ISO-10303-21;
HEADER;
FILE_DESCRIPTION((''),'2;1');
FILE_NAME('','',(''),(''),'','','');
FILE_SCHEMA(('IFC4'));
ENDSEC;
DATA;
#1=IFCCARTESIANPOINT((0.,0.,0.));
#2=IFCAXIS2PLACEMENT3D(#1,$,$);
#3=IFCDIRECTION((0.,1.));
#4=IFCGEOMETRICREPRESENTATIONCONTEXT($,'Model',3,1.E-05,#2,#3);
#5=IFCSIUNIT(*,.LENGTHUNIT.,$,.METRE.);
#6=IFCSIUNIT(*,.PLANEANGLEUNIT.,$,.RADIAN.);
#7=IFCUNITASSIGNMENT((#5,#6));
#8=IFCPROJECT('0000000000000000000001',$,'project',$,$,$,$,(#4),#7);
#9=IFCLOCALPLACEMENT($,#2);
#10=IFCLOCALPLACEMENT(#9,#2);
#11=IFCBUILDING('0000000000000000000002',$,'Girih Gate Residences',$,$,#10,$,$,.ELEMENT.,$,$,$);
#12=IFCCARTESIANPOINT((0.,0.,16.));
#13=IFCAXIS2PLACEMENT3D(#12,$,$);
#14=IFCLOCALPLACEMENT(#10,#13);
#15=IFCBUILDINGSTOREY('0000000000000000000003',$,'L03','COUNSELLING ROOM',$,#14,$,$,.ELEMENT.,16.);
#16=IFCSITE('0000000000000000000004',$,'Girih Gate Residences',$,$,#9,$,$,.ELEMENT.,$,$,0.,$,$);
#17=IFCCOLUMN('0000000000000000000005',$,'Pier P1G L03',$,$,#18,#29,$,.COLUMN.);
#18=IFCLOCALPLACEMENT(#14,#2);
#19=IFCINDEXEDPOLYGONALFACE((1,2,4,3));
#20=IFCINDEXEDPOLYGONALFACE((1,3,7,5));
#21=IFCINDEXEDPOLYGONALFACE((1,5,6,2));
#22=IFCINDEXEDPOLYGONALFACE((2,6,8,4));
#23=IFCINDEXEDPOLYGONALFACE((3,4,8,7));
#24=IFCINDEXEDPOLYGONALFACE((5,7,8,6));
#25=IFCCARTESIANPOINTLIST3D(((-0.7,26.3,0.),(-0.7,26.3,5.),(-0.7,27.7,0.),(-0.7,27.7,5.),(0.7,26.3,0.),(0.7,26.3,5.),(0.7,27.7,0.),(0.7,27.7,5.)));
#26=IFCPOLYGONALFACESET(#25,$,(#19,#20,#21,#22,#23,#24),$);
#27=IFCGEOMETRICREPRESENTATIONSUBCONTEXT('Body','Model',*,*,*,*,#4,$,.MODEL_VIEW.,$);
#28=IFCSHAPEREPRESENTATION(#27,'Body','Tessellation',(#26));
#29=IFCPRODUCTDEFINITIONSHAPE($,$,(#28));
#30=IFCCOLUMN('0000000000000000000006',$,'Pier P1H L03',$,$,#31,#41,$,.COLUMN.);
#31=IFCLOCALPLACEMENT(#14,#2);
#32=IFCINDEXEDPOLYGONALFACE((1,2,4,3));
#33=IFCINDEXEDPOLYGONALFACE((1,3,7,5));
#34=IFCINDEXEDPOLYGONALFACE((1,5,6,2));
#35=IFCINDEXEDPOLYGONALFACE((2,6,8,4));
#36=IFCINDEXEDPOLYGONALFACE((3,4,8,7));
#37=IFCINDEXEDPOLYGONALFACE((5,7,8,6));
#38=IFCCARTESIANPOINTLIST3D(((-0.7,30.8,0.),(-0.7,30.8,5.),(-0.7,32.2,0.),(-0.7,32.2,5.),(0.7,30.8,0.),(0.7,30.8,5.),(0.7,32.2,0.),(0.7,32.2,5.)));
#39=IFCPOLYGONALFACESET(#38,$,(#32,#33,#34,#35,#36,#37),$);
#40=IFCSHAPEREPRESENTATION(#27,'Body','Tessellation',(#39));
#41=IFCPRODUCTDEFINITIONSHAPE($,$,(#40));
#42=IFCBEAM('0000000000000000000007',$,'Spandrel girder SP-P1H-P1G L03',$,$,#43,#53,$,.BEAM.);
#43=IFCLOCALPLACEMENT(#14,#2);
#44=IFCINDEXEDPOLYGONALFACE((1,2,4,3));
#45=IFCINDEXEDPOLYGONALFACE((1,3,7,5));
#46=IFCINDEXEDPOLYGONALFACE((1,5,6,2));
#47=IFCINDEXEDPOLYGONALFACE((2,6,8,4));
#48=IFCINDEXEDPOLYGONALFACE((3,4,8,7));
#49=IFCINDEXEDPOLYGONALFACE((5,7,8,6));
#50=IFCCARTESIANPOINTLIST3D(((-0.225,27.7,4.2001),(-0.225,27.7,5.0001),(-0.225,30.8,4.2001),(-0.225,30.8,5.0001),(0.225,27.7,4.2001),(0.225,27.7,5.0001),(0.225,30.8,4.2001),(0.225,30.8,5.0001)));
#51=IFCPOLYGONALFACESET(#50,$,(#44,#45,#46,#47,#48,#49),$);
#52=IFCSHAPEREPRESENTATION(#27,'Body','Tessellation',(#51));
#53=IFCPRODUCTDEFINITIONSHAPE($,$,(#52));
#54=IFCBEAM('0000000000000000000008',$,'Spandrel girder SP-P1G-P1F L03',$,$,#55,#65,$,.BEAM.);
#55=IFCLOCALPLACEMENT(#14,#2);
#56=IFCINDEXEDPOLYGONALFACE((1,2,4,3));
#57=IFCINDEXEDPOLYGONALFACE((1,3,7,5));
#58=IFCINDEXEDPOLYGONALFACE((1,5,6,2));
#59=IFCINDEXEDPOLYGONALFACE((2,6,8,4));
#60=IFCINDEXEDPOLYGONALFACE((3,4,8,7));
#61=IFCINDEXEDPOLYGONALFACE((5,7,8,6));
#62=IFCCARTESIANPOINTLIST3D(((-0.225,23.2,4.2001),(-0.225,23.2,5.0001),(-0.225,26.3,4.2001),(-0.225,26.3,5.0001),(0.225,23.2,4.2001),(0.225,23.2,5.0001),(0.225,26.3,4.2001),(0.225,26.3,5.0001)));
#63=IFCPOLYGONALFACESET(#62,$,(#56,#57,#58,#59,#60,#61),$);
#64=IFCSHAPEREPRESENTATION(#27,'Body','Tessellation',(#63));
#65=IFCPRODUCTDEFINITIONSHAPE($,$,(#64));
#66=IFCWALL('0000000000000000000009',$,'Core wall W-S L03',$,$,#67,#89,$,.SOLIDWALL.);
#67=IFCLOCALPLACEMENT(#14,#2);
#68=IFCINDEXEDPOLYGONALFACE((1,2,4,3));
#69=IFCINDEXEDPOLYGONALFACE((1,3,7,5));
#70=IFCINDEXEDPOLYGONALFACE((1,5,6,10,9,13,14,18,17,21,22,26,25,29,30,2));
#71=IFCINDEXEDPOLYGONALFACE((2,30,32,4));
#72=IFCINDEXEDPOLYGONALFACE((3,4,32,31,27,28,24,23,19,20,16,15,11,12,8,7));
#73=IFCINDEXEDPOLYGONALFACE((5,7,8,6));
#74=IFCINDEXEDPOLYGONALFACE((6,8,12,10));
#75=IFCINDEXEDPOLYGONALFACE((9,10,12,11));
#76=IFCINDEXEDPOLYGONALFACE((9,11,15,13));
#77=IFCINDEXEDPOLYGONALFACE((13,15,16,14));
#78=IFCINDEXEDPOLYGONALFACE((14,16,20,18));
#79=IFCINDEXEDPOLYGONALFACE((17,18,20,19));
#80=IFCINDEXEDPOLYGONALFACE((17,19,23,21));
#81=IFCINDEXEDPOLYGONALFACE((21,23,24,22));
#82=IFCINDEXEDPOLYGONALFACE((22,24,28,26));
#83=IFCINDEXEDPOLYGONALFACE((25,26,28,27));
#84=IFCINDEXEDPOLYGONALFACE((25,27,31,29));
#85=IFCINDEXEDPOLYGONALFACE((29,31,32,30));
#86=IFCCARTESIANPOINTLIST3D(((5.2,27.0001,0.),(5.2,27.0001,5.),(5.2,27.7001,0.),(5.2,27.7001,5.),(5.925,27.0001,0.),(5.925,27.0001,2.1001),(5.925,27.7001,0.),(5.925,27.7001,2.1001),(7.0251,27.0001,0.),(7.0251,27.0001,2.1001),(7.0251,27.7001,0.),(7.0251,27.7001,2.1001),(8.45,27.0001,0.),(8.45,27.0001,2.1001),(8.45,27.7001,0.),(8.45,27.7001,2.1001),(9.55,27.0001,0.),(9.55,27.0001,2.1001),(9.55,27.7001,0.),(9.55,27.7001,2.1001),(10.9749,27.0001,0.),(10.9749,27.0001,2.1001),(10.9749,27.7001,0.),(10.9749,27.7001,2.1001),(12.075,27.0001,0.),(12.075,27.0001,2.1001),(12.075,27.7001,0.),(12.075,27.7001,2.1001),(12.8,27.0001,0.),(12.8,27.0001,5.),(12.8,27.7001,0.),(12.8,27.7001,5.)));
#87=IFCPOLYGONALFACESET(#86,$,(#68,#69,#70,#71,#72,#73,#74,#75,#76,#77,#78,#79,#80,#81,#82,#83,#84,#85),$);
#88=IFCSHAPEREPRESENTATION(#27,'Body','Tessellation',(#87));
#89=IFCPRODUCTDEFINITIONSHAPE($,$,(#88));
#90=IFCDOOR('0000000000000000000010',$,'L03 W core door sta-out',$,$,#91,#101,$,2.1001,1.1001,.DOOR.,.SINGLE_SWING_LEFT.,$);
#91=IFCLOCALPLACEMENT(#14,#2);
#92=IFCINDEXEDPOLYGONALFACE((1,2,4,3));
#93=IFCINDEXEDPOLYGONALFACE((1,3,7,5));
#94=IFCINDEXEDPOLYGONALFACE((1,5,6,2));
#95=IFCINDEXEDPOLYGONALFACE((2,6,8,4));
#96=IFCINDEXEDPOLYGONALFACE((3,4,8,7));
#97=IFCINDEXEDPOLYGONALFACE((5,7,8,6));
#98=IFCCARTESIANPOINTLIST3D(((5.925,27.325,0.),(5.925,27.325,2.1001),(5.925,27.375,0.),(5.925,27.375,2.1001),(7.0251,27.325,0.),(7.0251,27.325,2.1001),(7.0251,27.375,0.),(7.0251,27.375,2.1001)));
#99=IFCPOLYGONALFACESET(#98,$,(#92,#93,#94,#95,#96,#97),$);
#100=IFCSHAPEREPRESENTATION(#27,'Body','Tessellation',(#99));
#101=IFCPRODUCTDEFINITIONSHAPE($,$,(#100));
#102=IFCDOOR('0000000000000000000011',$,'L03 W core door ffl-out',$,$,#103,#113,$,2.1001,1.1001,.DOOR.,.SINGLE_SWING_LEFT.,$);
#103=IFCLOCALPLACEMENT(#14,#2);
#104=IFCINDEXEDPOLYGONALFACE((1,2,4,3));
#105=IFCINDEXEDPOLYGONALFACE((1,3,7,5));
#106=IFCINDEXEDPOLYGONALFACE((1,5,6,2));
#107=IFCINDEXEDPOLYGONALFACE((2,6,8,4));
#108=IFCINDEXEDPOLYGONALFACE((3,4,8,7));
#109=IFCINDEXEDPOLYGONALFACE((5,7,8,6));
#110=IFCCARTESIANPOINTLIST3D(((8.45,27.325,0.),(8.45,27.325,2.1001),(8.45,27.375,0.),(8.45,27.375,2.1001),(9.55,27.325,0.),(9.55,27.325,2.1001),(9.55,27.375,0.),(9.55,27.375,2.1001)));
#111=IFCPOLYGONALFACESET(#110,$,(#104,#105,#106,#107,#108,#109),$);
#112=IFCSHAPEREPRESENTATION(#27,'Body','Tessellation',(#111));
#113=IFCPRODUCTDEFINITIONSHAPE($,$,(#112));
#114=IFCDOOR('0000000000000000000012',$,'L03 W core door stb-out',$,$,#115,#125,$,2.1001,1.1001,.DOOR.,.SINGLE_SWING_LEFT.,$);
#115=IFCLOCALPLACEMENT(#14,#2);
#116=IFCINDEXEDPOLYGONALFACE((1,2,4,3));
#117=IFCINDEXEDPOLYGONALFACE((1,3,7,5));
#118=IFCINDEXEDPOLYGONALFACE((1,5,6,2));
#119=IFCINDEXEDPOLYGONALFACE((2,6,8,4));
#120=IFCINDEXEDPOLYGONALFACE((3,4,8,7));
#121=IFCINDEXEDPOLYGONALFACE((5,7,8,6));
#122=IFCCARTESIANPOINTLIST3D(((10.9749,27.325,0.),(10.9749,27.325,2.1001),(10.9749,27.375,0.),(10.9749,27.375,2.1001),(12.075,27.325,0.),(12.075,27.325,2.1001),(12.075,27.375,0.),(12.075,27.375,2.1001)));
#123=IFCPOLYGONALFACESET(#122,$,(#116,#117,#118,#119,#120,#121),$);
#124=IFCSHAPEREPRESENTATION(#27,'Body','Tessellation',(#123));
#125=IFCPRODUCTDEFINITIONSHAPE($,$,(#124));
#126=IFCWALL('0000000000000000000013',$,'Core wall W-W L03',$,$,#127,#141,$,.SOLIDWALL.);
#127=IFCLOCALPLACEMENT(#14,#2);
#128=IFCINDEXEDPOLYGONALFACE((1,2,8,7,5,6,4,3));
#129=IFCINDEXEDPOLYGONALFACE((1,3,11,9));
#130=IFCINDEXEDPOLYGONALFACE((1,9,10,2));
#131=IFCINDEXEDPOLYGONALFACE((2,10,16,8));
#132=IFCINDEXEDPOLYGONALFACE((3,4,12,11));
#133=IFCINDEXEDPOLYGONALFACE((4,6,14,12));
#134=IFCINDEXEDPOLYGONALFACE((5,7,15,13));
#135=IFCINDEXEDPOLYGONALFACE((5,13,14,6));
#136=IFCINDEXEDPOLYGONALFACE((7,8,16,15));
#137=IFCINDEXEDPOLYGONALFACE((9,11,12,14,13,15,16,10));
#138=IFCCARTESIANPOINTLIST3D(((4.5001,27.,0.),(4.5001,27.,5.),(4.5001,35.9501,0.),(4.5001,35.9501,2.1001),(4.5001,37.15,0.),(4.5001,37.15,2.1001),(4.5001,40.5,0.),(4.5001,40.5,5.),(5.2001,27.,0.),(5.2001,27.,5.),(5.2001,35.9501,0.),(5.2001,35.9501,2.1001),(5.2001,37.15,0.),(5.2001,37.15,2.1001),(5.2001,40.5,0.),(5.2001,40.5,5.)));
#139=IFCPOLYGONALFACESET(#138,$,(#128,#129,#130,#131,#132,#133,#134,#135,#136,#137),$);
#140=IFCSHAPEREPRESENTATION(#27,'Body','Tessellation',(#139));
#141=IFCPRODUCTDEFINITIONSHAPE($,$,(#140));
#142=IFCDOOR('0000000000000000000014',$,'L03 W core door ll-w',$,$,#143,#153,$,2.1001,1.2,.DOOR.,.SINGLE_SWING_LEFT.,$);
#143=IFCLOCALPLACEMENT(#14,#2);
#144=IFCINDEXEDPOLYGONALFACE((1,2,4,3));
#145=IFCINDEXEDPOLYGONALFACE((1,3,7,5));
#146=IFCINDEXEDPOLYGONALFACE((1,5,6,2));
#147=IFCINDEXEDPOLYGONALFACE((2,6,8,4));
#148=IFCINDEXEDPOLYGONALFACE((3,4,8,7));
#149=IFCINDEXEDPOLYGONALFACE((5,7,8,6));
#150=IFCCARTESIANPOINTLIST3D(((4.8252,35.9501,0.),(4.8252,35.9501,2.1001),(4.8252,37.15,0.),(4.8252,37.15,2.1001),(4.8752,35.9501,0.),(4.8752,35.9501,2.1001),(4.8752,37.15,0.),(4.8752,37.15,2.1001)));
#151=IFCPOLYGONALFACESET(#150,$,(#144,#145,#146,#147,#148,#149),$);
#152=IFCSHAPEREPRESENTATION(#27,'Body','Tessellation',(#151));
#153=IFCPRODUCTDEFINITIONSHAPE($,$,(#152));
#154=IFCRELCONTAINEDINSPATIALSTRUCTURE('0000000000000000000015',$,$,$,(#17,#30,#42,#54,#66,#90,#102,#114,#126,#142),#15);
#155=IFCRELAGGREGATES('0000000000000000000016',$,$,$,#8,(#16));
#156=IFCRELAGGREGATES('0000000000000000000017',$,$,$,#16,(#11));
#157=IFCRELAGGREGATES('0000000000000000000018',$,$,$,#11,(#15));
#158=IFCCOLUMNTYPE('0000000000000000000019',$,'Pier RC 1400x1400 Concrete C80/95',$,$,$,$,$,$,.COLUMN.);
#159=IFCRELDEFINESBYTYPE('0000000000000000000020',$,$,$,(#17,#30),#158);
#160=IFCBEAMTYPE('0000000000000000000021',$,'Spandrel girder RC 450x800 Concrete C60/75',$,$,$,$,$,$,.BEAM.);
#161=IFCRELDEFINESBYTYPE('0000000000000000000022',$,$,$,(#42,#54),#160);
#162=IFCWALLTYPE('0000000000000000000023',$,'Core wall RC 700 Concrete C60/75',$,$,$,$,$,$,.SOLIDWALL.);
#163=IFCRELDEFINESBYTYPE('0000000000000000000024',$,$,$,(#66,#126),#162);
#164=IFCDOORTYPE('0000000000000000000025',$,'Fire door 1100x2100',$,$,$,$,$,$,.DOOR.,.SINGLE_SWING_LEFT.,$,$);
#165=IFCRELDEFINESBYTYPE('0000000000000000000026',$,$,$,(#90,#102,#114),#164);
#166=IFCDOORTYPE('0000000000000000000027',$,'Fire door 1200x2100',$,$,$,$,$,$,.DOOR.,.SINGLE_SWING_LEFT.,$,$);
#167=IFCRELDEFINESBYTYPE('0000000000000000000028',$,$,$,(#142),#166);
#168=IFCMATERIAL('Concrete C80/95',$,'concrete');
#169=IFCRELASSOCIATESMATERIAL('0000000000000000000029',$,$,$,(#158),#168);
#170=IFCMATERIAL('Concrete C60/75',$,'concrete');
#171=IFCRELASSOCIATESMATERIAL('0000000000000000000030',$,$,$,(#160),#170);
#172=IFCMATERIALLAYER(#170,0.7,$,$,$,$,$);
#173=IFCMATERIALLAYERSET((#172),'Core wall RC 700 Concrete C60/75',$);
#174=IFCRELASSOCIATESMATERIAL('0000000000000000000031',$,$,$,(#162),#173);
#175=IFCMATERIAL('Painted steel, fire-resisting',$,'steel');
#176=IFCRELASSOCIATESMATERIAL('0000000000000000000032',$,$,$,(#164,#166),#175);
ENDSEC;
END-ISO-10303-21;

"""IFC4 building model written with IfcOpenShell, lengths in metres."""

from ifc_helpers import new_model, si_unit, direction, frame, frame_2d, origin, origin_2d, place, context, subcontext, project, spatial, rectangle, extrude, material, layer, layer_set, material_profile, profile_set, type_object, element, fill, save


model = new_model("IFC4")

# Units and contexts
model_context = context("Model", 3, precision=1e-05, world=origin(), true_north=direction((0.0, 1.0)))
body_context = subcontext(model_context, "Body", "Model", "MODEL_VIEW")
ifc_project = project(units=[si_unit("LENGTHUNIT", "METRE"), si_unit("PLANEANGLEUNIT", "RADIAN")], contexts=[model_context])

# Site, building, storey
site_placement = place(None, origin())
site = spatial("IfcSite", under=ifc_project, at=site_placement, Name="Girih Gate Residences", CompositionType="ELEMENT", RefElevation=0.0)
building_placement = place(site_placement, origin())
building = spatial("IfcBuilding", under=site, at=building_placement, Name="Girih Gate Residences", CompositionType="ELEMENT")
storey_placement = place(building_placement, frame((0.0, 0.0, 16.0)))
storey = spatial("IfcBuildingStorey", under=building, at=storey_placement, Name="L03", Description="COUNSELLING ROOM", CompositionType="ELEMENT", Elevation=16.0)

# Columns
ifc_material_1 = material(Name="Concrete C80/95", Category="concrete")
ifc_material_profile_1 = material_profile(ifc_material_1, rectangle(XDim=1.3999, YDim=1.3999, at=origin_2d()))
ifc_profile_set_1 = profile_set([ifc_material_profile_1], Name="Concrete C80/95")
column_type = type_object("IfcColumnType", Name="Pier RC 1400x1400 Concrete C80/95", PredefinedType="COLUMN", material=ifc_profile_set_1)
for number, where, z_axis, x_axis, name in (
    (1, (0.0, 27.0, 0.0), (0.0, 0.0, 1.0), (1.0, 0.0, 0.0), "Pier P1G L03"),
    (2, (0.0, 31.5, 0.0), (0.0, 0.0, 1.0), (1.0, 0.0, 0.0), "Pier P1H L03"),
):
    element("IfcColumn", number, at=place(storey_placement, frame(where, z_axis=z_axis, x_axis=x_axis)), inside=storey, type_object=column_type, Name=name, PredefinedType="COLUMN", context=body_context, shape_type="SweptSolid", body=[
        extrude(rectangle(XDim=1.3999, YDim=1.3999, at=origin_2d()), origin(), (0.0, 0.0, 1.0), 5.0),
    ])

# Beams
ifc_material_2 = material(Name="Concrete C60/75", Category="concrete")
ifc_material_profile_2 = material_profile(ifc_material_2, rectangle(XDim=0.45, YDim=0.8, at=origin_2d()))
ifc_profile_set_2 = profile_set([ifc_material_profile_2], Name="Concrete C60/75")
beam_type = type_object("IfcBeamType", Name="Spandrel girder RC 450x800 Concrete C60/75", PredefinedType="BEAM", material=ifc_profile_set_2)
for number, where, z_axis, x_axis, name in (
    (3, (0.0, 30.8, 4.6001), (0.0, -1.0, 0.0), (1.0, 0.0, 0.0), "Spandrel girder SP-P1H-P1G L03"),
    (4, (0.0, 26.3, 4.6001), (0.0, -1.0, 0.0), (1.0, 0.0, 0.0), "Spandrel girder SP-P1G-P1F L03"),
):
    element("IfcBeam", number, at=place(storey_placement, frame(where, z_axis=z_axis, x_axis=x_axis)), inside=storey, type_object=beam_type, Name=name, PredefinedType="BEAM", context=body_context, shape_type="SweptSolid", body=[
        extrude(rectangle(XDim=0.45, YDim=0.8, at=origin_2d()), origin(), (0.0, 0.0, 1.0), 3.1001),
    ])

# Wall, openings, doors
ifc_layer_1 = layer(ifc_material_2, 0.7)
ifc_layer_set_1 = layer_set([ifc_layer_1], Name="Core wall RC 700 Concrete C60/75")
wall_type_1 = type_object("IfcWallType", Name="Core wall RC 700 Concrete C60/75", PredefinedType="SOLIDWALL", material=ifc_layer_set_1)
wall_1_placement = place(storey_placement, frame((5.2, 27.3501, 0.0), z_axis=(0.0, 0.0, 1.0), x_axis=(1.0, 0.0, 0.0)))
wall_1 = element("IfcWall", 5, at=wall_1_placement, inside=storey, type_object=wall_type_1, Name="Core wall W-S L03", PredefinedType="SOLIDWALL", context=body_context, shape_type="SweptSolid", body=[
    extrude(rectangle(XDim=7.6001, YDim=0.7, at=frame_2d((3.8, 0.0))), origin(), (0.0, 0.0, 1.0), 5.0),
])
opening_1_placement = place(wall_1_placement, frame((0.7251, 0.0, 0.0)))
opening_1 = element("IfcOpeningElement", 6, at=opening_1_placement, cuts=wall_1, PredefinedType="OPENING", context=body_context, shape_type="SweptSolid", body=[
    extrude(rectangle(XDim=1.1001, YDim=2.1001, at=frame_2d((0.55, 1.05))), frame((0.0, 0.3599, 0.0), z_axis=(0.0, -1.0, 0.0), x_axis=(1.0, 0.0, 0.0)), (0.0, 0.0, 1.0), 0.72),
])
opening_2_placement = place(wall_1_placement, frame((3.25, 0.0, 0.0)))
opening_2 = element("IfcOpeningElement", 7, at=opening_2_placement, cuts=wall_1, PredefinedType="OPENING", context=body_context, shape_type="SweptSolid", body=[
    extrude(rectangle(XDim=1.1001, YDim=2.1001, at=frame_2d((0.55, 1.05))), frame((0.0, 0.3599, 0.0), z_axis=(0.0, -1.0, 0.0), x_axis=(1.0, 0.0, 0.0)), (0.0, 0.0, 1.0), 0.72),
])
opening_3_placement = place(wall_1_placement, frame((5.7749, 0.0, 0.0)))
opening_3 = element("IfcOpeningElement", 8, at=opening_3_placement, cuts=wall_1, PredefinedType="OPENING", context=body_context, shape_type="SweptSolid", body=[
    extrude(rectangle(XDim=1.1001, YDim=2.1001, at=frame_2d((0.55, 1.05))), frame((0.0, 0.3599, 0.0), z_axis=(0.0, -1.0, 0.0), x_axis=(1.0, 0.0, 0.0)), (0.0, 0.0, 1.0), 0.72),
])
ifc_material_3 = material(Name="Painted steel, fire-resisting", Category="steel")
door_type_1 = type_object("IfcDoorType", Name="Fire door 1100x2100", OperationType="SINGLE_SWING_LEFT", PredefinedType="DOOR", material=ifc_material_3)
door_1_placement = place(opening_1_placement, origin())
door_1 = element("IfcDoor", 9, at=door_1_placement, inside=storey, type_object=door_type_1, Name="L03 W core door sta-out", OperationType="SINGLE_SWING_LEFT", OverallHeight=2.1001, OverallWidth=1.1001, PredefinedType="DOOR", context=body_context, shape_type="SweptSolid", body=[
    extrude(rectangle(XDim=1.1001, YDim=2.1001, at=frame_2d((0.55, 1.05))), frame((0.0, 0.0249, 0.0), z_axis=(0.0, -1.0, 0.0), x_axis=(1.0, 0.0, 0.0)), (0.0, 0.0, 1.0), 0.05),
])
fill(opening_1, door_1)
door_2_placement = place(opening_2_placement, origin())
door_2 = element("IfcDoor", 10, at=door_2_placement, inside=storey, type_object=door_type_1, Name="L03 W core door ffl-out", OperationType="SINGLE_SWING_LEFT", OverallHeight=2.1001, OverallWidth=1.1001, PredefinedType="DOOR", context=body_context, shape_type="SweptSolid", body=[
    extrude(rectangle(XDim=1.1001, YDim=2.1001, at=frame_2d((0.55, 1.05))), frame((0.0, 0.0249, 0.0), z_axis=(0.0, -1.0, 0.0), x_axis=(1.0, 0.0, 0.0)), (0.0, 0.0, 1.0), 0.05),
])
fill(opening_2, door_2)
door_3_placement = place(opening_3_placement, origin())
door_3 = element("IfcDoor", 11, at=door_3_placement, inside=storey, type_object=door_type_1, Name="L03 W core door stb-out", OperationType="SINGLE_SWING_LEFT", OverallHeight=2.1001, OverallWidth=1.1001, PredefinedType="DOOR", context=body_context, shape_type="SweptSolid", body=[
    extrude(rectangle(XDim=1.1001, YDim=2.1001, at=frame_2d((0.55, 1.05))), frame((0.0, 0.0249, 0.0), z_axis=(0.0, -1.0, 0.0), x_axis=(1.0, 0.0, 0.0)), (0.0, 0.0, 1.0), 0.05),
])
fill(opening_3, door_3)

# Wall, opening, door
wall_2_placement = place(storey_placement, frame((4.8501, 27.0, 0.0), z_axis=(0.0, 0.0, 1.0), x_axis=(0.0, 1.0, 0.0)))
wall_2 = element("IfcWall", 12, at=wall_2_placement, inside=storey, type_object=wall_type_1, Name="Core wall W-W L03", PredefinedType="SOLIDWALL", context=body_context, shape_type="SweptSolid", body=[
    extrude(rectangle(XDim=13.5, YDim=0.7, at=frame_2d((6.75, 0.0))), origin(), (0.0, 0.0, 1.0), 5.0),
])
opening_4_placement = place(wall_2_placement, frame((8.95, 0.0, 0.0)))
opening_4 = element("IfcOpeningElement", 13, at=opening_4_placement, cuts=wall_2, PredefinedType="OPENING", context=body_context, shape_type="SweptSolid", body=[
    extrude(rectangle(XDim=1.2, YDim=2.1001, at=frame_2d((0.6001, 1.05))), frame((0.0, 0.3599, 0.0), z_axis=(0.0, -1.0, 0.0), x_axis=(1.0, 0.0, 0.0)), (0.0, 0.0, 1.0), 0.72),
])
door_type_2 = type_object("IfcDoorType", Name="Fire door 1200x2100", OperationType="SINGLE_SWING_LEFT", PredefinedType="DOOR", material=ifc_material_3)
door_4_placement = place(opening_4_placement, origin())
door_4 = element("IfcDoor", 14, at=door_4_placement, inside=storey, type_object=door_type_2, Name="L03 W core door ll-w", OperationType="SINGLE_SWING_LEFT", OverallHeight=2.1001, OverallWidth=1.2, PredefinedType="DOOR", context=body_context, shape_type="SweptSolid", body=[
    extrude(rectangle(XDim=1.2, YDim=2.1001, at=frame_2d((0.6001, 1.05))), frame((0.0, 0.0249, 0.0), z_axis=(0.0, -1.0, 0.0), x_axis=(1.0, 0.0, 0.0)), (0.0, 0.0, 1.0), 0.05),
])
fill(opening_4, door_4)

save(model, "model.ifc")
